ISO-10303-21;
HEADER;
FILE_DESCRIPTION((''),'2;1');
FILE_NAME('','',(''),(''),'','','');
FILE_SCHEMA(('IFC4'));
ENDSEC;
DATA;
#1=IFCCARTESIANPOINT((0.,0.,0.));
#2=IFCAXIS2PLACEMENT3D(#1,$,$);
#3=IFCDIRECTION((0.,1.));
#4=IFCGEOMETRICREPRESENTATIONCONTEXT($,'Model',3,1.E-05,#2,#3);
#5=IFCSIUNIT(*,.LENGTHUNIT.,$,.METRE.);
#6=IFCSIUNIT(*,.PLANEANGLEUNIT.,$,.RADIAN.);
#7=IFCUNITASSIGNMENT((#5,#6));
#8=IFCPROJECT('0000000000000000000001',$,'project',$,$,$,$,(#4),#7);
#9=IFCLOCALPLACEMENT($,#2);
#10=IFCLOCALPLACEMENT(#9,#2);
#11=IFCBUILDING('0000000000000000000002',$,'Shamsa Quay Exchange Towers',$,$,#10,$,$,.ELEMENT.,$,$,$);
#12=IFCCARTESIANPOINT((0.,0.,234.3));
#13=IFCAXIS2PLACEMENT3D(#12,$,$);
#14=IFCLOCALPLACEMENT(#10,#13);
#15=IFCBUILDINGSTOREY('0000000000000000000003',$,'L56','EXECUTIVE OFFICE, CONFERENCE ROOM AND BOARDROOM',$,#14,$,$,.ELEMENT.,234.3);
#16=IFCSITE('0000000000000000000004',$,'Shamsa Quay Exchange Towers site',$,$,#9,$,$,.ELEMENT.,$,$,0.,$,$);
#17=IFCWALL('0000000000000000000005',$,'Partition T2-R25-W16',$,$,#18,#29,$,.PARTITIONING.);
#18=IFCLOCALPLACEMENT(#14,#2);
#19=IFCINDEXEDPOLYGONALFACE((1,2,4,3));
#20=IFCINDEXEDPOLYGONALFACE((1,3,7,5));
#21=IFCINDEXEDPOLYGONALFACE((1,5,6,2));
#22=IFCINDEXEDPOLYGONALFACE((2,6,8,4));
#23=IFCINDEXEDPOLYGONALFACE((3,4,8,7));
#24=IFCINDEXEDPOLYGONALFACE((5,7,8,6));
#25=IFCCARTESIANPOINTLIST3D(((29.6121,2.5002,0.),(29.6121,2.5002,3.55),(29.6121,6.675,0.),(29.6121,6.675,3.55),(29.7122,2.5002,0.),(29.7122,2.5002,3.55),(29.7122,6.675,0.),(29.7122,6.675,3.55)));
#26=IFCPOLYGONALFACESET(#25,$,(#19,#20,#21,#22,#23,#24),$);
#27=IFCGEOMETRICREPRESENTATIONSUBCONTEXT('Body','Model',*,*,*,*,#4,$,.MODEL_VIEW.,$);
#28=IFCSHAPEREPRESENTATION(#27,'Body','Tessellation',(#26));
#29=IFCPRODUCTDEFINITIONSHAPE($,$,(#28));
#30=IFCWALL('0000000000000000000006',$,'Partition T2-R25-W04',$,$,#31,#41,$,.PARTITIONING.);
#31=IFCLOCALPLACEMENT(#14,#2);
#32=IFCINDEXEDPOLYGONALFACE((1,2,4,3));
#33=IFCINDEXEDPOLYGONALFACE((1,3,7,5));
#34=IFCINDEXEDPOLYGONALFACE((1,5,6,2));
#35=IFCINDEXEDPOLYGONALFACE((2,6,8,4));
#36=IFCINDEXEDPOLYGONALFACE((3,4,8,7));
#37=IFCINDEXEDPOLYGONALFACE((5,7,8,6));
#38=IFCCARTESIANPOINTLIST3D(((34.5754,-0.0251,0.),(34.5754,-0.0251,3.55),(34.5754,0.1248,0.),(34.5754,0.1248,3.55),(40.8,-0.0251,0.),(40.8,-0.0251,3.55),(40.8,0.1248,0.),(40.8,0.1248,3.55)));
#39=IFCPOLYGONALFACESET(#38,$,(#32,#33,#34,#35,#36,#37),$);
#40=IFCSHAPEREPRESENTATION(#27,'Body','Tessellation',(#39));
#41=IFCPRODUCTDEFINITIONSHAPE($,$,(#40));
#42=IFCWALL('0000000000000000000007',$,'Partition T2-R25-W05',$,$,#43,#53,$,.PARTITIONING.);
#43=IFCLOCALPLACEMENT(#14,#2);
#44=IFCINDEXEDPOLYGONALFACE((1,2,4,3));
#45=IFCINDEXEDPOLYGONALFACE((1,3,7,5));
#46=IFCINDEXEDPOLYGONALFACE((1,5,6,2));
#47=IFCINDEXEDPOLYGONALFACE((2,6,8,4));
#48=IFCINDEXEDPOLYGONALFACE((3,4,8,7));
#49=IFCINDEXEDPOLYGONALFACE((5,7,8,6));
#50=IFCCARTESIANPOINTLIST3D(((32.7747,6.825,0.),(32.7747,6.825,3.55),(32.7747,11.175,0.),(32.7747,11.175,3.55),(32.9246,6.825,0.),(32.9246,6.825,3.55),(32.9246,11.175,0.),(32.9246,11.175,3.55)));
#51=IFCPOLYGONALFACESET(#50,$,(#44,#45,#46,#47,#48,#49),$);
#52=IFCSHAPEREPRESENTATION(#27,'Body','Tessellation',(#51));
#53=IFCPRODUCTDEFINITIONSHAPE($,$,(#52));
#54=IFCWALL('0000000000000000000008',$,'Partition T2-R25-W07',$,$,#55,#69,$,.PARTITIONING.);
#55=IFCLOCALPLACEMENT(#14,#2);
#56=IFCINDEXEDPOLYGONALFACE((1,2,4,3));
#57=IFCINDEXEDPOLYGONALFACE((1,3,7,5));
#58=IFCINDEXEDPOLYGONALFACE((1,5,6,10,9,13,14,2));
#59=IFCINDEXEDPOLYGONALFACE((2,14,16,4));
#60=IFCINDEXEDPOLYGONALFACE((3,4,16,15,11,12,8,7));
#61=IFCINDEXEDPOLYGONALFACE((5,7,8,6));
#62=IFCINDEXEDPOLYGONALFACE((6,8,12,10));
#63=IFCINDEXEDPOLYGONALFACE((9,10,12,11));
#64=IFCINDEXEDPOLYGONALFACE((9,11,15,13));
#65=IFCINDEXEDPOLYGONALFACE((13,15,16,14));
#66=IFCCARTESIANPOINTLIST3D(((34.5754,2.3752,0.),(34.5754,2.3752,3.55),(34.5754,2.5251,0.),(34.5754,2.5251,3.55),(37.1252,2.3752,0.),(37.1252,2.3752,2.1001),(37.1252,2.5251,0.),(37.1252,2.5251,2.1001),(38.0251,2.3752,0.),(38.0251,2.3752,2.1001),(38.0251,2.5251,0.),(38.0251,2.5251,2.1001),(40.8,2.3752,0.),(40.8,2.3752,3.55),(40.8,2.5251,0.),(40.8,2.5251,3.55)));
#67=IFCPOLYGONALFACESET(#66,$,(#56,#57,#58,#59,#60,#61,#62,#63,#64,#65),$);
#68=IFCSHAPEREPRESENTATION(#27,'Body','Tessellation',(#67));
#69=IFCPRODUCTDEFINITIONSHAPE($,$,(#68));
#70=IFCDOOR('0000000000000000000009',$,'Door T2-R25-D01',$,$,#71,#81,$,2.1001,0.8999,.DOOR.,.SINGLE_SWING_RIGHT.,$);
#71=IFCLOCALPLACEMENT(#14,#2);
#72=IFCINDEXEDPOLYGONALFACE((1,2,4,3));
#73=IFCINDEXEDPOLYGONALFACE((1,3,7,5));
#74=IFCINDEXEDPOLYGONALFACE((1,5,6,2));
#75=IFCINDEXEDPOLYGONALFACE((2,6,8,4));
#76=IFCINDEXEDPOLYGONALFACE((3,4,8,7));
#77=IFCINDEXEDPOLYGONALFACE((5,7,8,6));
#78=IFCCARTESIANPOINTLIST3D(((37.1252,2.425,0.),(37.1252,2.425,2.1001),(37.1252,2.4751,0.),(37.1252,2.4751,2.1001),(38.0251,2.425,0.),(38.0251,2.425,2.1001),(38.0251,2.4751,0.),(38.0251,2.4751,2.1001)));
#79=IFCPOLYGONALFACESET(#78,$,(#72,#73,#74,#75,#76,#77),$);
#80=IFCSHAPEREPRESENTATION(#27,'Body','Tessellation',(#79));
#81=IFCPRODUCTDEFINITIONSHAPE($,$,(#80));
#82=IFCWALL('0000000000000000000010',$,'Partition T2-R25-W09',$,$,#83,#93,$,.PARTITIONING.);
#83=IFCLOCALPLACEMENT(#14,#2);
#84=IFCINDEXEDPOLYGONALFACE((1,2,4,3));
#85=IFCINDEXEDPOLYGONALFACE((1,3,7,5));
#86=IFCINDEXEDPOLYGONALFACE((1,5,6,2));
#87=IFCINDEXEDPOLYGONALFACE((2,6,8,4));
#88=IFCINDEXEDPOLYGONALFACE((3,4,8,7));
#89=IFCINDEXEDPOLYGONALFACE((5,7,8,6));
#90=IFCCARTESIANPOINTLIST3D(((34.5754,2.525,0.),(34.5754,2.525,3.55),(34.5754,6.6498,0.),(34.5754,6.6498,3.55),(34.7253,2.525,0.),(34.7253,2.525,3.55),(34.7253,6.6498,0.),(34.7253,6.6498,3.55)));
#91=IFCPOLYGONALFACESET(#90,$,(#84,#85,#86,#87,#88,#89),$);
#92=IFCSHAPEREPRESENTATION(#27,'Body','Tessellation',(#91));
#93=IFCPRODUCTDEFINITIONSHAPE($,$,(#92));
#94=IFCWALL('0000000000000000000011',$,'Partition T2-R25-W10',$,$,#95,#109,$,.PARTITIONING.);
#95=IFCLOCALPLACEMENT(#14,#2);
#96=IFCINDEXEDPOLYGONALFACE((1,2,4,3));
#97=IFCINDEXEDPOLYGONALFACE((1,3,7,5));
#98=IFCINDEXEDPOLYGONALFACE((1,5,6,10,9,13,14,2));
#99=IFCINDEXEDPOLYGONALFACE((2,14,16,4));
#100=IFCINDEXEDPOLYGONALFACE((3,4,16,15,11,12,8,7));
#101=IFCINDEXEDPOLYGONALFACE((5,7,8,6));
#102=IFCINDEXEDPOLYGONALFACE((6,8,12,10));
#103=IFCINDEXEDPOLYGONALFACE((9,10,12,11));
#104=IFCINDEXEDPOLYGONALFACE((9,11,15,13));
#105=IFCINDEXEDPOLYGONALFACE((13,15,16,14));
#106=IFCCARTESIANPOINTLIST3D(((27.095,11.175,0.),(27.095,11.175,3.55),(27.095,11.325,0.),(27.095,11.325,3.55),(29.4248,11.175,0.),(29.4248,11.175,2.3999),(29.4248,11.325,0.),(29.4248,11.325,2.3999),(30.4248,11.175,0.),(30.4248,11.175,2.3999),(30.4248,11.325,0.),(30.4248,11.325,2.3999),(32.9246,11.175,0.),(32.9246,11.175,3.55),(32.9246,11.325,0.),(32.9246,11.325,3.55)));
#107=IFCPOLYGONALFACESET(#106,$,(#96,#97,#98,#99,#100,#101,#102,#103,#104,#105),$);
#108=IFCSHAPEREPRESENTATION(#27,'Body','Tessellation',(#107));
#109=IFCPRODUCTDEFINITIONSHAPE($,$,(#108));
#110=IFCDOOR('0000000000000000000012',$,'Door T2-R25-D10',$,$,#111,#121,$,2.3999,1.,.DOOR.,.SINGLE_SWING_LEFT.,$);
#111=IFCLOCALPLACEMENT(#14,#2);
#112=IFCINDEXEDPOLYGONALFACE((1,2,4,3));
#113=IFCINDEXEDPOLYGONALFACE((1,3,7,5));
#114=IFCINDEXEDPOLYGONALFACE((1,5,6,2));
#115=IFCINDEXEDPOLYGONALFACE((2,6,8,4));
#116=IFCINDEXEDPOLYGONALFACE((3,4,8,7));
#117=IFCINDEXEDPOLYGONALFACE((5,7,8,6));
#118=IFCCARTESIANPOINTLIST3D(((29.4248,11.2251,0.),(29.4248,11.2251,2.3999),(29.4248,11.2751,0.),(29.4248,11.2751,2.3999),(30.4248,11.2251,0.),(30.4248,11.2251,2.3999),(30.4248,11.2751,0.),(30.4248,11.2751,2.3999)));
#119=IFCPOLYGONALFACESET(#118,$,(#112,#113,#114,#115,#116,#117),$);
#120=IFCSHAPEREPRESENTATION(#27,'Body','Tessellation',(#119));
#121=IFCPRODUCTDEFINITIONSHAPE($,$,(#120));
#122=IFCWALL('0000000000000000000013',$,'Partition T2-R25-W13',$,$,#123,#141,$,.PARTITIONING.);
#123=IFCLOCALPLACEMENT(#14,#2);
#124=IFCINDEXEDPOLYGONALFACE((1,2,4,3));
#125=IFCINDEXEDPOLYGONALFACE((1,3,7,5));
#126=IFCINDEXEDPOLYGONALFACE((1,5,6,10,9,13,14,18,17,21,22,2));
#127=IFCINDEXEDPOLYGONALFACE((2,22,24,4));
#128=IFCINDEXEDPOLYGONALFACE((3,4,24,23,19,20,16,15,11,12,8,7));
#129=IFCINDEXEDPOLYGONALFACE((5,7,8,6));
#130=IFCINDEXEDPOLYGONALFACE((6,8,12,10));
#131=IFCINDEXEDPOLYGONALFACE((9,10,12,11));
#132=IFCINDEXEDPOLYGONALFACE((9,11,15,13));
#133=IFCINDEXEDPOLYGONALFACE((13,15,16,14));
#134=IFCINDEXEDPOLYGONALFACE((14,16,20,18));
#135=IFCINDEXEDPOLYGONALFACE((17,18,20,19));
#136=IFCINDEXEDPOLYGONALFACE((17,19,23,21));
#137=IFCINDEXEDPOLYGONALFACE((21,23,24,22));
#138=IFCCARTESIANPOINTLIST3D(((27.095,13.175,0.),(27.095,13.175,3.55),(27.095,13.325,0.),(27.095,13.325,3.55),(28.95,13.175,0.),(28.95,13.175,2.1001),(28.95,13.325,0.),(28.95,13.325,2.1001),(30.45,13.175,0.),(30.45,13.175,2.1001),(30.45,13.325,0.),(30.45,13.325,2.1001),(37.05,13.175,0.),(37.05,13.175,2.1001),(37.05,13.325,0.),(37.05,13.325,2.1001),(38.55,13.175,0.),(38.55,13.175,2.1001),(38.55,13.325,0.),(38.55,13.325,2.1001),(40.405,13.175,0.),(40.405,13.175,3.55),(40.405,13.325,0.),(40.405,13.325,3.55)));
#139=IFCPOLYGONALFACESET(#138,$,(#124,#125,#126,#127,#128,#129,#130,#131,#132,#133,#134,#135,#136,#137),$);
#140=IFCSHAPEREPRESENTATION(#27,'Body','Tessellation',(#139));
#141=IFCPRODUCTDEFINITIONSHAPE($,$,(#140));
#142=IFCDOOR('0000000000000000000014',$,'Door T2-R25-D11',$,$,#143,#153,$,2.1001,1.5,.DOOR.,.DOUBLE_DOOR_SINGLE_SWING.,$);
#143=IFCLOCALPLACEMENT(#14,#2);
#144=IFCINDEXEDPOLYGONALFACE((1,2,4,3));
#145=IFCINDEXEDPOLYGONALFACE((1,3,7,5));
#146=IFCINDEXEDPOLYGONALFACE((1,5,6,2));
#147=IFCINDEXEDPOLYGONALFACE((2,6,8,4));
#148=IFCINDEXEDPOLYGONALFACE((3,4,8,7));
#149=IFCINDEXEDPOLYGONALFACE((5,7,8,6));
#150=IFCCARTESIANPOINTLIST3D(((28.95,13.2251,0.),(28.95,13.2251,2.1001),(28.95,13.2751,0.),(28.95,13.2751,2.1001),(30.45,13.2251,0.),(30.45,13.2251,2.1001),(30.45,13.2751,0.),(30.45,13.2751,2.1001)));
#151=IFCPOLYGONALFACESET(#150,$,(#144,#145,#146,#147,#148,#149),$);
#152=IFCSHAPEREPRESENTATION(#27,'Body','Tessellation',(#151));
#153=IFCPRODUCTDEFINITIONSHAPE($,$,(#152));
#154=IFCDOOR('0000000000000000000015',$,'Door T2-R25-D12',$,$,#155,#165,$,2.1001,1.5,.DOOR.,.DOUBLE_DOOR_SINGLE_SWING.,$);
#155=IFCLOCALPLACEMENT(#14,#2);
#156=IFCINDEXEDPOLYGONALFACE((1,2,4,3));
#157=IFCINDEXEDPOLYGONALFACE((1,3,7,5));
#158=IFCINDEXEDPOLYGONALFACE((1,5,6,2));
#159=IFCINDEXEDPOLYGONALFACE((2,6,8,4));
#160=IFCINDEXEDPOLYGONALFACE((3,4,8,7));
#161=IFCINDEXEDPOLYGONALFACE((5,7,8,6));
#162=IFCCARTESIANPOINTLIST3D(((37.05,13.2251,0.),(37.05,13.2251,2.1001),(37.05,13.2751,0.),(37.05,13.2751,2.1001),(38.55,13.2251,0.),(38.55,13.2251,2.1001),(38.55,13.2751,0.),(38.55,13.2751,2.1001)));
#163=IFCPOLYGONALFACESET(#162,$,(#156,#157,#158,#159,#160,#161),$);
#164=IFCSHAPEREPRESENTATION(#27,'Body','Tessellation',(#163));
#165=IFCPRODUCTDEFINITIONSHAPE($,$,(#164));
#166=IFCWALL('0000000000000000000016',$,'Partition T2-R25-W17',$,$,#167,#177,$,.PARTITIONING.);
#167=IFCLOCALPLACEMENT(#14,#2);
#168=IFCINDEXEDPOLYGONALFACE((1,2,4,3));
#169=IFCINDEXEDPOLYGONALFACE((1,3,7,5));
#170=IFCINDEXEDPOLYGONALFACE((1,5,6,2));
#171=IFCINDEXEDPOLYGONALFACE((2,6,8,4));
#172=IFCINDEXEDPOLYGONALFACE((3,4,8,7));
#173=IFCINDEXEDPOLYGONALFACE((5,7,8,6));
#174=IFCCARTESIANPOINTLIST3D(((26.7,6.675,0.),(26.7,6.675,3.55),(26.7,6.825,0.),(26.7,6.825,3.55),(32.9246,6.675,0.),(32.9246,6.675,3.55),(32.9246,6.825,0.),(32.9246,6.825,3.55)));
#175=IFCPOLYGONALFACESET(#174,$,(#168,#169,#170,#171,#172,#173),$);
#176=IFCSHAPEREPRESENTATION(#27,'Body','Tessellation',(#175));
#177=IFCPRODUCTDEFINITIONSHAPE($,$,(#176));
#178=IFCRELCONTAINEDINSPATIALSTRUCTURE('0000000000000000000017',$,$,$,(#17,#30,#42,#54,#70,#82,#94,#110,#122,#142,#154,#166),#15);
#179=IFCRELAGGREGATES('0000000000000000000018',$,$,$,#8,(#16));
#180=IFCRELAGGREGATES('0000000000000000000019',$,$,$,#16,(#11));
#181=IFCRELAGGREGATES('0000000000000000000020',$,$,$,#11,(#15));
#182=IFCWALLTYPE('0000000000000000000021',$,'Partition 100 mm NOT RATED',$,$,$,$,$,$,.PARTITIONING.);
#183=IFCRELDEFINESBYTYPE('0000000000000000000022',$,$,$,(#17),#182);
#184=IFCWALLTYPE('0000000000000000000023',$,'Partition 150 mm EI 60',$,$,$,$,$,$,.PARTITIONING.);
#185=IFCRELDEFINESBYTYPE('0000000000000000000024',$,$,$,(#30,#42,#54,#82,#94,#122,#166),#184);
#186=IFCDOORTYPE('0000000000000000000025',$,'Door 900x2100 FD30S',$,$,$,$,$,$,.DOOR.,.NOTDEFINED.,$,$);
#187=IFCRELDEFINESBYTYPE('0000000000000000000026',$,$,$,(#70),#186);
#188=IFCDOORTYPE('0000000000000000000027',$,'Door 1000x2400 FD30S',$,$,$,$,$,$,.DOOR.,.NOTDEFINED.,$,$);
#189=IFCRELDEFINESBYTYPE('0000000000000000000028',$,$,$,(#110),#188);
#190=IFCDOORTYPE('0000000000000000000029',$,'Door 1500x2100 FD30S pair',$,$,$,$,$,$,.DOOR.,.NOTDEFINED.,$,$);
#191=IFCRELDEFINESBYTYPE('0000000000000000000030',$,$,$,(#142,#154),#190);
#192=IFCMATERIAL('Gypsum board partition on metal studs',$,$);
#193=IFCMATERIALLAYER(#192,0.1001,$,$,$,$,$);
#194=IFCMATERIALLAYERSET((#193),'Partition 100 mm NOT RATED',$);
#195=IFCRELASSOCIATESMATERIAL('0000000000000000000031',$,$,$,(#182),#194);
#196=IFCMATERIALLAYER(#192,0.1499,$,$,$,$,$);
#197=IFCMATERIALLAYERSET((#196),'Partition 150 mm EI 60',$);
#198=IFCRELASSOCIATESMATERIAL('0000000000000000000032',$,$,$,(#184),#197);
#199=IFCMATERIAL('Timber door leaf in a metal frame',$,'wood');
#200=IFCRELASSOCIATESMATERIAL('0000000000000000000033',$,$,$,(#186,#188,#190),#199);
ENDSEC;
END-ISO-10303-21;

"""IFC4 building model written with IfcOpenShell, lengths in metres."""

from ifc_helpers import new_model, si_unit, direction, frame, frame_2d, origin, place, context, subcontext, project, spatial, rectangle, extrude, material, layer, layer_set, type_object, element, fill, save


model = new_model("IFC4")

# Units and contexts
model_context = context("Model", 3, precision=1e-05, world=origin(), true_north=direction((0.0, 1.0)))
body_context = subcontext(model_context, "Body", "Model", "MODEL_VIEW")
ifc_project = project(units=[si_unit("LENGTHUNIT", "METRE"), si_unit("PLANEANGLEUNIT", "RADIAN")], contexts=[model_context])

# Site, building, storey
site_placement = place(None, origin())
site = spatial("IfcSite", under=ifc_project, at=site_placement, Name="Shamsa Quay Exchange Towers site", CompositionType="ELEMENT", RefElevation=0.0)
building_placement = place(site_placement, origin())
building = spatial("IfcBuilding", under=site, at=building_placement, Name="Shamsa Quay Exchange Towers", CompositionType="ELEMENT")
storey_placement = place(building_placement, frame((0.0, 0.0, 234.3)))
storey = spatial("IfcBuildingStorey", under=building, at=storey_placement, Name="L56", Description="EXECUTIVE OFFICE, CONFERENCE ROOM AND BOARDROOM", CompositionType="ELEMENT", Elevation=234.3)

# Shared definitions
ifc_material_1 = material(Name="Timber door leaf in a metal frame", Category="wood")

# Walls
ifc_material_2 = material(Name="Gypsum board partition on metal studs")
ifc_layer_1 = layer(ifc_material_2, 0.1001)
ifc_layer_set_1 = layer_set([ifc_layer_1], Name="Partition 100 mm NOT RATED")
wall_type_1 = type_object("IfcWallType", Name="Partition 100 mm NOT RATED", PredefinedType="PARTITIONING", material=ifc_layer_set_1)
for number, where, z_axis, x_axis, name in (
    (1, (29.6621, 6.675, 0.0), (0.0, 0.0, 1.0), (0.0, -1.0, 0.0), "Partition T2-R25-W16"),
):
    element("IfcWall", number, at=place(storey_placement, frame(where, z_axis=z_axis, x_axis=x_axis)), inside=storey, type_object=wall_type_1, Name=name, PredefinedType="PARTITIONING", context=body_context, shape_type="SweptSolid", body=[
        extrude(rectangle(XDim=4.1748, YDim=0.1001, at=frame_2d((2.0874, 0.0))), origin(), (0.0, 0.0, 1.0), 3.55),
    ])
ifc_layer_2 = layer(ifc_material_2, 0.1499)
ifc_layer_set_2 = layer_set([ifc_layer_2], Name="Partition 150 mm EI 60")
wall_type_2 = type_object("IfcWallType", Name="Partition 150 mm EI 60", PredefinedType="PARTITIONING", material=ifc_layer_set_2)
wall_1_placement = place(storey_placement, frame((40.8, 0.0498, 0.0), z_axis=(0.0, 0.0, 1.0), x_axis=(-1.0, 0.0, 0.0)))
element("IfcWall", 2, at=wall_1_placement, inside=storey, type_object=wall_type_2, Name="Partition T2-R25-W04", PredefinedType="PARTITIONING", context=body_context, shape_type="SweptSolid", body=[
    extrude(rectangle(XDim=6.2246, YDim=0.1499, at=frame_2d((3.1123, 0.0))), origin(), (0.0, 0.0, 1.0), 3.55),
])
wall_2_placement = place(storey_placement, frame((32.8496, 6.825, 0.0), z_axis=(0.0, 0.0, 1.0), x_axis=(0.0, 1.0, 0.0)))
element("IfcWall", 3, at=wall_2_placement, inside=storey, type_object=wall_type_2, Name="Partition T2-R25-W05", PredefinedType="PARTITIONING", context=body_context, shape_type="SweptSolid", body=[
    extrude(rectangle(XDim=4.3501, YDim=0.1499, at=frame_2d((2.175, 0.0))), origin(), (0.0, 0.0, 1.0), 3.55),
])

# Wall, opening, door
wall_3_placement = place(storey_placement, frame((34.5754, 2.4502, 0.0)))
wall_3 = element("IfcWall", 4, at=wall_3_placement, inside=storey, type_object=wall_type_2, Name="Partition T2-R25-W07", PredefinedType="PARTITIONING", context=body_context, shape_type="SweptSolid", body=[
    extrude(rectangle(XDim=6.2246, YDim=0.1499, at=frame_2d((3.1123, 0.0))), origin(), (0.0, 0.0, 1.0), 3.55),
])
opening_1_placement = place(wall_3_placement, frame((2.5498, 0.0, 0.0)))
opening_1 = element("IfcOpeningElement", 5, at=opening_1_placement, cuts=wall_3, PredefinedType="OPENING", context=body_context, shape_type="SweptSolid", body=[
    extrude(rectangle(XDim=0.8999, YDim=2.1001, at=frame_2d((0.45, 1.05))), frame((0.0, 0.085, 0.0), z_axis=(0.0, -1.0, 0.0), x_axis=(1.0, 0.0, 0.0)), (0.0, 0.0, 1.0), 0.1699),
])
door_type_1 = type_object("IfcDoorType", Name="Door 900x2100 FD30S", OperationType="NOTDEFINED", PredefinedType="DOOR", material=ifc_material_1)
door_1_placement = place(opening_1_placement, origin())
door_1 = element("IfcDoor", 6, at=door_1_placement, inside=storey, type_object=door_type_1, Name="Door T2-R25-D01", OperationType="SINGLE_SWING_RIGHT", OverallHeight=2.1001, OverallWidth=0.8999, PredefinedType="DOOR", context=body_context, shape_type="SweptSolid", body=[
    extrude(rectangle(XDim=0.8999, YDim=2.1001, at=frame_2d((0.45, 1.05))), frame((0.0, 0.0249, 0.0), z_axis=(0.0, -1.0, 0.0), x_axis=(1.0, 0.0, 0.0)), (0.0, 0.0, 1.0), 0.05),
])
fill(opening_1, door_1)

# Wall
wall_4_placement = place(storey_placement, frame((34.6504, 6.6499, 0.0), z_axis=(0.0, 0.0, 1.0), x_axis=(0.0, -1.0, 0.0)))
element("IfcWall", 7, at=wall_4_placement, inside=storey, type_object=wall_type_2, Name="Partition T2-R25-W09", PredefinedType="PARTITIONING", context=body_context, shape_type="SweptSolid", body=[
    extrude(rectangle(XDim=4.1248, YDim=0.1499, at=frame_2d((2.0625, 0.0))), origin(), (0.0, 0.0, 1.0), 3.55),
])

# Wall, opening, door
wall_5_placement = place(storey_placement, frame((32.9246, 11.25, 0.0), z_axis=(0.0, 0.0, 1.0), x_axis=(-1.0, 0.0, 0.0)))
wall_5 = element("IfcWall", 8, at=wall_5_placement, inside=storey, type_object=wall_type_2, Name="Partition T2-R25-W10", PredefinedType="PARTITIONING", context=body_context, shape_type="SweptSolid", body=[
    extrude(rectangle(XDim=5.8296, YDim=0.1499, at=frame_2d((2.9148, 0.0))), origin(), (0.0, 0.0, 1.0), 3.55),
])
opening_2_placement = place(wall_5_placement, frame((2.4998, 0.0, 0.0)))
opening_2 = element("IfcOpeningElement", 9, at=opening_2_placement, cuts=wall_5, PredefinedType="OPENING", context=body_context, shape_type="SweptSolid", body=[
    extrude(rectangle(XDim=1.0, YDim=2.3999, at=frame_2d((0.5, 1.2))), frame((0.0, 0.085, 0.0), z_axis=(0.0, -1.0, 0.0), x_axis=(1.0, 0.0, 0.0)), (0.0, 0.0, 1.0), 0.1699),
])
door_type_2 = type_object("IfcDoorType", Name="Door 1000x2400 FD30S", OperationType="NOTDEFINED", PredefinedType="DOOR", material=ifc_material_1)
door_2_placement = place(opening_2_placement, origin())
door_2 = element("IfcDoor", 10, at=door_2_placement, inside=storey, type_object=door_type_2, Name="Door T2-R25-D10", OperationType="SINGLE_SWING_LEFT", OverallHeight=2.3999, OverallWidth=1.0, PredefinedType="DOOR", context=body_context, shape_type="SweptSolid", body=[
    extrude(rectangle(XDim=1.0, YDim=2.3999, at=frame_2d((0.5, 1.2))), frame((0.0, 0.0249, 0.0), z_axis=(0.0, -1.0, 0.0), x_axis=(1.0, 0.0, 0.0)), (0.0, 0.0, 1.0), 0.05),
])
fill(opening_2, door_2)

# Wall, openings, doors
wall_6_placement = place(storey_placement, frame((40.405, 13.25, 0.0), z_axis=(0.0, 0.0, 1.0), x_axis=(-1.0, 0.0, 0.0)))
wall_6 = element("IfcWall", 11, at=wall_6_placement, inside=storey, type_object=wall_type_2, Name="Partition T2-R25-W13", PredefinedType="PARTITIONING", context=body_context, shape_type="SweptSolid", body=[
    extrude(rectangle(XDim=13.3101, YDim=0.1499, at=frame_2d((6.655, 0.0))), origin(), (0.0, 0.0, 1.0), 3.55),
])
opening_3_placement = place(wall_6_placement, frame((9.9551, 0.0, 0.0)))
opening_3 = element("IfcOpeningElement", 12, at=opening_3_placement, cuts=wall_6, PredefinedType="OPENING", context=body_context, shape_type="SweptSolid", body=[
    extrude(rectangle(XDim=1.5, YDim=2.1001, at=frame_2d((0.75, 1.05))), frame((0.0, 0.085, 0.0), z_axis=(0.0, -1.0, 0.0), x_axis=(1.0, 0.0, 0.0)), (0.0, 0.0, 1.0), 0.1699),
])
opening_4_placement = place(wall_6_placement, frame((1.855, 0.0, 0.0)))
opening_4 = element("IfcOpeningElement", 13, at=opening_4_placement, cuts=wall_6, PredefinedType="OPENING", context=body_context, shape_type="SweptSolid", body=[
    extrude(rectangle(XDim=1.5, YDim=2.1001, at=frame_2d((0.75, 1.05))), frame((0.0, 0.085, 0.0), z_axis=(0.0, -1.0, 0.0), x_axis=(1.0, 0.0, 0.0)), (0.0, 0.0, 1.0), 0.1699),
])
door_type_3 = type_object("IfcDoorType", Name="Door 1500x2100 FD30S pair", OperationType="NOTDEFINED", PredefinedType="DOOR", material=ifc_material_1)
door_3_placement = place(opening_3_placement, origin())
door_3 = element("IfcDoor", 14, at=door_3_placement, inside=storey, type_object=door_type_3, Name="Door T2-R25-D11", OperationType="DOUBLE_DOOR_SINGLE_SWING", OverallHeight=2.1001, OverallWidth=1.5, PredefinedType="DOOR", context=body_context, shape_type="SweptSolid", body=[
    extrude(rectangle(XDim=1.5, YDim=2.1001, at=frame_2d((0.75, 1.05))), frame((0.0, 0.0249, 0.0), z_axis=(0.0, -1.0, 0.0), x_axis=(1.0, 0.0, 0.0)), (0.0, 0.0, 1.0), 0.05),
])
fill(opening_3, door_3)
door_4_placement = place(opening_4_placement, origin())
door_4 = element("IfcDoor", 15, at=door_4_placement, inside=storey, type_object=door_type_3, Name="Door T2-R25-D12", OperationType="DOUBLE_DOOR_SINGLE_SWING", OverallHeight=2.1001, OverallWidth=1.5, PredefinedType="DOOR", context=body_context, shape_type="SweptSolid", body=[
    extrude(rectangle(XDim=1.5, YDim=2.1001, at=frame_2d((0.75, 1.05))), frame((0.0, 0.0249, 0.0), z_axis=(0.0, -1.0, 0.0), x_axis=(1.0, 0.0, 0.0)), (0.0, 0.0, 1.0), 0.05),
])
fill(opening_4, door_4)

# Wall
wall_7_placement = place(storey_placement, frame((32.9246, 6.75, 0.0), z_axis=(0.0, 0.0, 1.0), x_axis=(-1.0, 0.0, 0.0)))
element("IfcWall", 16, at=wall_7_placement, inside=storey, type_object=wall_type_2, Name="Partition T2-R25-W17", PredefinedType="PARTITIONING", context=body_context, shape_type="SweptSolid", body=[
    extrude(rectangle(XDim=6.2246, YDim=0.1499, at=frame_2d((3.1123, 0.0))), origin(), (0.0, 0.0, 1.0), 3.55),
])

save(model, "model.ifc")
